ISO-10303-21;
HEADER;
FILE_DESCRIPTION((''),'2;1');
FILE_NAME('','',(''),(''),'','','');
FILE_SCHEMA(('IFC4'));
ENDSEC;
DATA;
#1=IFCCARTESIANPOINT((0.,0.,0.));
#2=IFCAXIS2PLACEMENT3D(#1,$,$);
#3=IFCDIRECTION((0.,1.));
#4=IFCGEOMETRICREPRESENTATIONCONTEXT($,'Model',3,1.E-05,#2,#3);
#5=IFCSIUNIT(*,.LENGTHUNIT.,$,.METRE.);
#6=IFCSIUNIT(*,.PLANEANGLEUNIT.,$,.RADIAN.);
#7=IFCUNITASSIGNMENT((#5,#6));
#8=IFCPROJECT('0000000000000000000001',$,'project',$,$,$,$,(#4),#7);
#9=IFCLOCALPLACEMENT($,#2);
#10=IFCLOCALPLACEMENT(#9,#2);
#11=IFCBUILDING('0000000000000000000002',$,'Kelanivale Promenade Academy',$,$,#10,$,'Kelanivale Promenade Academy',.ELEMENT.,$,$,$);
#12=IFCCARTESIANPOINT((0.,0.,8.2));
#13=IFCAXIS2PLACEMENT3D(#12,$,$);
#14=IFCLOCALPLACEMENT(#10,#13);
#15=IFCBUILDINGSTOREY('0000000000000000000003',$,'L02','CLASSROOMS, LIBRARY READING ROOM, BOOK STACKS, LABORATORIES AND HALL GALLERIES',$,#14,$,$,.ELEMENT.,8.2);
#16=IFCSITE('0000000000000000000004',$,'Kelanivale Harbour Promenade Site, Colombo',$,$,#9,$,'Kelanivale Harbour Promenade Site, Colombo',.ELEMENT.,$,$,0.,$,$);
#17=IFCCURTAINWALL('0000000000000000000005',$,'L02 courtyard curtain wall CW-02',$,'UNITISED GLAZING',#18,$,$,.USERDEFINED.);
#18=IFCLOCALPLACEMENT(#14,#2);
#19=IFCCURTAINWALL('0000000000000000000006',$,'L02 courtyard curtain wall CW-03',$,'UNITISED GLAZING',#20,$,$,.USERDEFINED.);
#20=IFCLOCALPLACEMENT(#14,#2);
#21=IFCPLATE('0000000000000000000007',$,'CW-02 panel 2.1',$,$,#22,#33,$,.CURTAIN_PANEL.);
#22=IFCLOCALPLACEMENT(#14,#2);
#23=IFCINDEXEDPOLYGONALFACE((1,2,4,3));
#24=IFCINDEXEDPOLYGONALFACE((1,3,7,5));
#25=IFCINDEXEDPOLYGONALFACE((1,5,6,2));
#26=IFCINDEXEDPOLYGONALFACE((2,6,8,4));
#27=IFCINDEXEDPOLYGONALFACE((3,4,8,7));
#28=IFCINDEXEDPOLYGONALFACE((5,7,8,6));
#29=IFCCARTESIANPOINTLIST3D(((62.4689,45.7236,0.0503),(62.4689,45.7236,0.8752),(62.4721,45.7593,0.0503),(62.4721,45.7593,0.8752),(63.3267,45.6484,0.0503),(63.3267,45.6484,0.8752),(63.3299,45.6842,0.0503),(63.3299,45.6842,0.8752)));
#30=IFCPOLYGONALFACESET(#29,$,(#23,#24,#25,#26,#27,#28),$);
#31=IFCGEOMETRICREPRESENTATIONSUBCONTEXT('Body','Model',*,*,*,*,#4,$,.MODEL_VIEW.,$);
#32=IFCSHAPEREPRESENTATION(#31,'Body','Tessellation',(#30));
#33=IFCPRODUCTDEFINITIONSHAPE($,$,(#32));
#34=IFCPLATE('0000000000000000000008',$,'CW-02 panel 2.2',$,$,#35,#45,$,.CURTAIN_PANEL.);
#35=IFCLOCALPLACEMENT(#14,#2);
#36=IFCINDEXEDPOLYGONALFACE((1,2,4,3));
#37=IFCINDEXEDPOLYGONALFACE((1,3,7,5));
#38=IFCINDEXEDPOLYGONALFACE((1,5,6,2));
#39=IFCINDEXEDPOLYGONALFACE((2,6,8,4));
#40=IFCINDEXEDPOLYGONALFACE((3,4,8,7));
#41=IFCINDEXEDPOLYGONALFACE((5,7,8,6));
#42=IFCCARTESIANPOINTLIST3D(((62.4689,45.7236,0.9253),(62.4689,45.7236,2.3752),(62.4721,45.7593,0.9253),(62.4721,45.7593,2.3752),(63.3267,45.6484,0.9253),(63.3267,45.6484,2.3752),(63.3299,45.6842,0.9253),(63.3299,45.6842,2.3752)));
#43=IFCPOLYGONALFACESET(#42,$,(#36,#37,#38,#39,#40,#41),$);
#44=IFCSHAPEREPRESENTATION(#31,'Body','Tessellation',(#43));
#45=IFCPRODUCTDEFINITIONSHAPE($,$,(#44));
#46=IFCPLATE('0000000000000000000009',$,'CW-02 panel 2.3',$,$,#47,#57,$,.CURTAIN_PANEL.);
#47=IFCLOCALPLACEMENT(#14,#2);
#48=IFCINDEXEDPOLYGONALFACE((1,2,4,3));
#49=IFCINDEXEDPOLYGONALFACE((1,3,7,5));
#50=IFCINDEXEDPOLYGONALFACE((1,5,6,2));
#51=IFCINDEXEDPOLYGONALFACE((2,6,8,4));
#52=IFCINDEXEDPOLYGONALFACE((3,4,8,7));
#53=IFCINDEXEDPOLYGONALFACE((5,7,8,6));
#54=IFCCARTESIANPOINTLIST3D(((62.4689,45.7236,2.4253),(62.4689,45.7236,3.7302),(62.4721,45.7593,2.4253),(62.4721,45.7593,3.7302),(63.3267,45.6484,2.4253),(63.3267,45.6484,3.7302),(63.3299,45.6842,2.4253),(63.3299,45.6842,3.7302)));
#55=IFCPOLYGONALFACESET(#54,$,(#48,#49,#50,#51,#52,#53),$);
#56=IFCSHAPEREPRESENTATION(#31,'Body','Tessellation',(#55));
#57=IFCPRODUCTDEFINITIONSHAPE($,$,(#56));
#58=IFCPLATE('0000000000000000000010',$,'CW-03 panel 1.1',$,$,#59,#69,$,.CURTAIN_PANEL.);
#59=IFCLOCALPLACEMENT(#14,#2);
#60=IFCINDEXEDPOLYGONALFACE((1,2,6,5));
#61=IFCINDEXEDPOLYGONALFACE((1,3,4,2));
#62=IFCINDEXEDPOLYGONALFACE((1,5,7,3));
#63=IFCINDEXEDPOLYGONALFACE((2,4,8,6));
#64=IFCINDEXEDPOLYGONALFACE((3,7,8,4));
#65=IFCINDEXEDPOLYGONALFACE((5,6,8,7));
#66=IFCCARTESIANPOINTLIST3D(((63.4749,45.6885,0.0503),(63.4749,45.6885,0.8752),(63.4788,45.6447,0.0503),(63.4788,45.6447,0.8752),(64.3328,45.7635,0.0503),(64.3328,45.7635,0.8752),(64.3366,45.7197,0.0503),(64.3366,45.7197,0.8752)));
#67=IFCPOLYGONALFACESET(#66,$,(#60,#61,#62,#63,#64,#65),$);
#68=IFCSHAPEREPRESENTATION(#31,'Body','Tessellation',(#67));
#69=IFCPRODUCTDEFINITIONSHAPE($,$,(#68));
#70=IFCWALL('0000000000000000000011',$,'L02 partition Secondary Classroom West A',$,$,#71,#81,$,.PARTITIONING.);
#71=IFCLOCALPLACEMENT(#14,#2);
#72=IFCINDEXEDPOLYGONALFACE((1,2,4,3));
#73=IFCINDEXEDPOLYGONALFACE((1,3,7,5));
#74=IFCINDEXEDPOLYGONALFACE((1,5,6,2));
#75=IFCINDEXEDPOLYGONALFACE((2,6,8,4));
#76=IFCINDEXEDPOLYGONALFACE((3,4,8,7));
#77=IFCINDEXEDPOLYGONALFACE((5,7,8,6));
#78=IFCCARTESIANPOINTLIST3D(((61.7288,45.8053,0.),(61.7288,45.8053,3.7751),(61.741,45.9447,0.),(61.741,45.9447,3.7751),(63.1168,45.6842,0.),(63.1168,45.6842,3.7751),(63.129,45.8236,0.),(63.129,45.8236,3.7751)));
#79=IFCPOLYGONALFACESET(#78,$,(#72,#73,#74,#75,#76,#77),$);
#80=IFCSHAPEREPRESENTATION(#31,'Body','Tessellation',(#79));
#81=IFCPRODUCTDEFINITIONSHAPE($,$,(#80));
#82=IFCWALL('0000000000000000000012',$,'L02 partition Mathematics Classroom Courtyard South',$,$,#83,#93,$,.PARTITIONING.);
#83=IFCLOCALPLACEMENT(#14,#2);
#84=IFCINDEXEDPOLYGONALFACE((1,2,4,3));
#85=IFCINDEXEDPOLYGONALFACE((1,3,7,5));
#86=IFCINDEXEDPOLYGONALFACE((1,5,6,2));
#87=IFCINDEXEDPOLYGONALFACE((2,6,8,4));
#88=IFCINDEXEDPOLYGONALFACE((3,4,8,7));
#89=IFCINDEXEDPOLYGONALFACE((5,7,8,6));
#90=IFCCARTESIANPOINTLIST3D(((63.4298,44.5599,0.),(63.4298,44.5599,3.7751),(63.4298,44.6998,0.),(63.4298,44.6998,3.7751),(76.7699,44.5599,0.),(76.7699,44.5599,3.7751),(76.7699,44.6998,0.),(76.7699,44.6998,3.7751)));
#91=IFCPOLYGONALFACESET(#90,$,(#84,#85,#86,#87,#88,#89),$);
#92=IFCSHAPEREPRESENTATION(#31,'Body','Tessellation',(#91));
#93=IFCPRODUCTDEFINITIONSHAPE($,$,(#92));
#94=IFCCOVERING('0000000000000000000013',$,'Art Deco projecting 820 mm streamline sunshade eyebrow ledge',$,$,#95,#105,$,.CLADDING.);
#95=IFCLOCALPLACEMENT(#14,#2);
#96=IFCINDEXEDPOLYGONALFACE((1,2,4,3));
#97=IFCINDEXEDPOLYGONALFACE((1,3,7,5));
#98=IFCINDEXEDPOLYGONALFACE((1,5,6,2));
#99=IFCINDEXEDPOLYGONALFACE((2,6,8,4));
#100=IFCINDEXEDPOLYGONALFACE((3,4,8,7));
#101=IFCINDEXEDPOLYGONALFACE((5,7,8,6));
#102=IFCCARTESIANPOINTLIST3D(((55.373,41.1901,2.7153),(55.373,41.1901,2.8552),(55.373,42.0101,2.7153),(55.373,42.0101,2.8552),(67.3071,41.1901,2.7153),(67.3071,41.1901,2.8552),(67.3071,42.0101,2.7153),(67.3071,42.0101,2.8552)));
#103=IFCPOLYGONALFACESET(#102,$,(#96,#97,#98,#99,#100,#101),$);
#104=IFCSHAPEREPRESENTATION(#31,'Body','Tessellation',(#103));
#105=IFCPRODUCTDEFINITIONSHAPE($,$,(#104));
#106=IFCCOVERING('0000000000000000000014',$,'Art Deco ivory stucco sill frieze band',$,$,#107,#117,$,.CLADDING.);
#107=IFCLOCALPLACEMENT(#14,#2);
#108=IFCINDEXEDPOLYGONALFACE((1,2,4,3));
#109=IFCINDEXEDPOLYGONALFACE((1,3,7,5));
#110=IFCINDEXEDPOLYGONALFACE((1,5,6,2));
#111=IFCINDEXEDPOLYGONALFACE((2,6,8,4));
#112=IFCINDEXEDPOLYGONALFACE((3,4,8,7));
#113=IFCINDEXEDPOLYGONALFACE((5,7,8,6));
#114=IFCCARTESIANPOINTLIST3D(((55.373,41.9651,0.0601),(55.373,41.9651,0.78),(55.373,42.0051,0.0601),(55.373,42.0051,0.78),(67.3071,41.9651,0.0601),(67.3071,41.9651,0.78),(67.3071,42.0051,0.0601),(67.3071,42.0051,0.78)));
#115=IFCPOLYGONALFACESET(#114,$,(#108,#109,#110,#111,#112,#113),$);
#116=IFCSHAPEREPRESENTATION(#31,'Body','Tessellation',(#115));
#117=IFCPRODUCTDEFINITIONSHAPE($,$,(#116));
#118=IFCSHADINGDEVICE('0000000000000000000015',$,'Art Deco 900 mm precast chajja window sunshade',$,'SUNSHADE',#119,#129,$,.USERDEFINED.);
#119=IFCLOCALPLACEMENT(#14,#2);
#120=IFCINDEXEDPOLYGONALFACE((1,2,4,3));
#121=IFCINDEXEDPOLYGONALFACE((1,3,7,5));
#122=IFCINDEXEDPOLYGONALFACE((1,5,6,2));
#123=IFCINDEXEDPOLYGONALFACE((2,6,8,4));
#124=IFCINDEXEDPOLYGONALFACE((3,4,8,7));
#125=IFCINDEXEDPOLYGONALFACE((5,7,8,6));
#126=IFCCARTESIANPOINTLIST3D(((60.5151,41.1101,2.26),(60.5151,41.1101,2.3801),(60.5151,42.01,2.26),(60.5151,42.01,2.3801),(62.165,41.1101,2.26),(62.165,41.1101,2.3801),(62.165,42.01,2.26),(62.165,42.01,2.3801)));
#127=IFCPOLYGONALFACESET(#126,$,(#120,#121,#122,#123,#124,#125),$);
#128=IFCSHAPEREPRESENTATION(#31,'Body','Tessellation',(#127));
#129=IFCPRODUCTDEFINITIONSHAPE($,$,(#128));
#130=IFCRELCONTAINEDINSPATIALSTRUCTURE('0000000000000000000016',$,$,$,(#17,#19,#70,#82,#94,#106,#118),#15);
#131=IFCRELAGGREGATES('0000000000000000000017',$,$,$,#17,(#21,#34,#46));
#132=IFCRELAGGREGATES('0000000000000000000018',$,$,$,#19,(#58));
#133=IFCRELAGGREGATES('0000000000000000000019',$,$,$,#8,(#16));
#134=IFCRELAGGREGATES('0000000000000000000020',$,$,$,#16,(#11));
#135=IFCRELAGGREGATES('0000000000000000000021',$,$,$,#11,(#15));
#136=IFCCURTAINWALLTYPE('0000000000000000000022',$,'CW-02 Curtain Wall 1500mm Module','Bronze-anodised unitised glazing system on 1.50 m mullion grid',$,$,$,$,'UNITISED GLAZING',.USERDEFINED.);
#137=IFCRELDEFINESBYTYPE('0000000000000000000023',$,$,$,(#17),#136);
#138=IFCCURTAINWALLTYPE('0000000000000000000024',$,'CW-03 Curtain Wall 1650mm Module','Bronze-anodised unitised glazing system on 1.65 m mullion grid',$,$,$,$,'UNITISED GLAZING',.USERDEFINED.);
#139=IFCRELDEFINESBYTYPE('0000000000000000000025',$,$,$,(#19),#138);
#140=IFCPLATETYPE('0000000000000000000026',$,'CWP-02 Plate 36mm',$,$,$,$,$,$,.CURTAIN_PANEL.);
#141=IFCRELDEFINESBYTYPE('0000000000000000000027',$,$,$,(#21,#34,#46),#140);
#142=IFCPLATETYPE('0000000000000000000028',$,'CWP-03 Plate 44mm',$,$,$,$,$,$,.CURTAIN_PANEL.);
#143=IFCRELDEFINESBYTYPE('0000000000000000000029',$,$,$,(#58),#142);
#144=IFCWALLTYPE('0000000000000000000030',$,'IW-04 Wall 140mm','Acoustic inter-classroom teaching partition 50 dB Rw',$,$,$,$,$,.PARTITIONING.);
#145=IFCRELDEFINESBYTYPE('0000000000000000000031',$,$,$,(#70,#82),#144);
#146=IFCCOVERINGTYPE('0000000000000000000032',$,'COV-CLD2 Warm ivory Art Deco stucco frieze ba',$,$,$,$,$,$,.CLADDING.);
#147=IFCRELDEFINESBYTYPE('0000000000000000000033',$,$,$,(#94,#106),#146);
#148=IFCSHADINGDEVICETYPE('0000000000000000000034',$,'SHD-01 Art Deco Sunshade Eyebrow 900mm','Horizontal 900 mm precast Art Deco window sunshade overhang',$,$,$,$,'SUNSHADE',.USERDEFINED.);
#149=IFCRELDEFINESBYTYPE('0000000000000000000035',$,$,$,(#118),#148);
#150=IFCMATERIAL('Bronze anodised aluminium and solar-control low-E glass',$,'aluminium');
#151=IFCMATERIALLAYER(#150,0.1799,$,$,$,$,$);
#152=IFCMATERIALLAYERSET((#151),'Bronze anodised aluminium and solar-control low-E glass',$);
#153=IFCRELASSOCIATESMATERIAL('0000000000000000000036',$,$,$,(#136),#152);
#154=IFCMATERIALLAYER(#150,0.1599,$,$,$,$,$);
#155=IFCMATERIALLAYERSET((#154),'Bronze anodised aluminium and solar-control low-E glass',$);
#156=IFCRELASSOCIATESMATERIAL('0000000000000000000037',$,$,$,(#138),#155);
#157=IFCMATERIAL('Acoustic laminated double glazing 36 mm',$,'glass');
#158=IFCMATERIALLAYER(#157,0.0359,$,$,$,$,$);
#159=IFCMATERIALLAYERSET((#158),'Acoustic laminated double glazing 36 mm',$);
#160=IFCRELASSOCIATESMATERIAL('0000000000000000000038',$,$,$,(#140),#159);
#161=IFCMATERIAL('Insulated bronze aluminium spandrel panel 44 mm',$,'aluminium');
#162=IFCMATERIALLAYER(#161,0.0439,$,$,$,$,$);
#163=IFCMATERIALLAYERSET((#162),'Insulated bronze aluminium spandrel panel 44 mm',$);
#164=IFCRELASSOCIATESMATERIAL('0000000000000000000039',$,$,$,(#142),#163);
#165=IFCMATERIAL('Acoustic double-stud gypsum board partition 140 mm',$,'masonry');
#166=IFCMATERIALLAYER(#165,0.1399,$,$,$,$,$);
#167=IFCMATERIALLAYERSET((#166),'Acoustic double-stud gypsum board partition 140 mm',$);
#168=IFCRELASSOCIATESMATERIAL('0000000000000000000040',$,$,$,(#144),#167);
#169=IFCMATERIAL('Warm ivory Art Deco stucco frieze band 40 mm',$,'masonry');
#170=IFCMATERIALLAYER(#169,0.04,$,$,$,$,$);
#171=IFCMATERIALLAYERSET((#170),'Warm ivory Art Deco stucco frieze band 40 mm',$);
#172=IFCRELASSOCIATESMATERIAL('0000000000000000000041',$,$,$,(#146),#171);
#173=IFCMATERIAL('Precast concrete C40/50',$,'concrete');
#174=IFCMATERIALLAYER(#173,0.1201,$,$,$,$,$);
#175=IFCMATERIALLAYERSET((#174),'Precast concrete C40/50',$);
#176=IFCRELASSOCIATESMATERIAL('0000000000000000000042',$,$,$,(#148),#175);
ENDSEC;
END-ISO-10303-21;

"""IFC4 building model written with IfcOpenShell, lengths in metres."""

from ifc_helpers import new_model, si_unit, direction, frame, frame_2d, origin, origin_2d, place, context, subcontext, project, spatial, rectangle, extrude, material, layer, layer_set, type_object, element, aggregate, save


model = new_model("IFC4")

# Units and contexts
model_context = context("Model", 3, precision=1e-05, world=origin(), true_north=direction((0.0, 1.0)))
body_context = subcontext(model_context, "Body", "Model", "MODEL_VIEW")
ifc_project = project(units=[si_unit("LENGTHUNIT", "METRE"), si_unit("PLANEANGLEUNIT", "RADIAN")], contexts=[model_context])

# Site, building, storey
site_placement = place(None, origin())
site = spatial("IfcSite", under=ifc_project, at=site_placement, Name="Kelanivale Harbour Promenade Site, Colombo", LongName="Kelanivale Harbour Promenade Site, Colombo", CompositionType="ELEMENT", RefElevation=0.0)
building_placement = place(site_placement, origin())
building = spatial("IfcBuilding", under=site, at=building_placement, Name="Kelanivale Promenade Academy", LongName="Kelanivale Promenade Academy", CompositionType="ELEMENT")
storey_placement = place(building_placement, frame((0.0, 0.0, 8.2)))
storey = spatial("IfcBuildingStorey", under=building, at=storey_placement, Name="L02", Description="CLASSROOMS, LIBRARY READING ROOM, BOOK STACKS, LABORATORIES AND HALL GALLERIES", CompositionType="ELEMENT", Elevation=8.2)

# Curtain wall
ifc_material_1 = material(Name="Bronze anodised aluminium and solar-control low-E glass", Category="aluminium")
ifc_layer_1 = layer(ifc_material_1, 0.1799)
ifc_layer_set_1 = layer_set([ifc_layer_1], Name="Bronze anodised aluminium and solar-control low-E glass")
curtain_wall_type_1 = type_object("IfcCurtainWallType", Name="CW-02 Curtain Wall 1500mm Module", Description="Bronze-anodised unitised glazing system on 1.50 m mullion grid", ElementType="UNITISED GLAZING", PredefinedType="USERDEFINED", material=ifc_layer_set_1)
curtain_wall_1_placement = place(storey_placement, origin())
curtain_wall_1 = element("IfcCurtainWall", 1, at=curtain_wall_1_placement, inside=storey, type_object=curtain_wall_type_1, Name="L02 courtyard curtain wall CW-02", ObjectType="UNITISED GLAZING", PredefinedType="USERDEFINED")

# Curtain wall
ifc_layer_2 = layer(ifc_material_1, 0.1599)
ifc_layer_set_2 = layer_set([ifc_layer_2], Name="Bronze anodised aluminium and solar-control low-E glass")
curtain_wall_type_2 = type_object("IfcCurtainWallType", Name="CW-03 Curtain Wall 1650mm Module", Description="Bronze-anodised unitised glazing system on 1.65 m mullion grid", ElementType="UNITISED GLAZING", PredefinedType="USERDEFINED", material=ifc_layer_set_2)
curtain_wall_2_placement = place(storey_placement, origin())
curtain_wall_2 = element("IfcCurtainWall", 2, at=curtain_wall_2_placement, inside=storey, type_object=curtain_wall_type_2, Name="L02 courtyard curtain wall CW-03", ObjectType="UNITISED GLAZING", PredefinedType="USERDEFINED")

# Plates
ifc_material_2 = material(Name="Acoustic laminated double glazing 36 mm", Category="glass")
ifc_layer_3 = layer(ifc_material_2, 0.0359)
ifc_layer_set_3 = layer_set([ifc_layer_3], Name="Acoustic laminated double glazing 36 mm")
plate_type_1 = type_object("IfcPlateType", Name="CWP-02 Plate 36mm", PredefinedType="CURTAIN_PANEL", material=ifc_layer_set_3)
plate_1_placement = place(storey_placement, frame((62.8994, 45.7039, 0.0503), z_axis=(0.0, 0.0, 1.0), x_axis=(0.996185, -0.087265, 0.0)))
plate_1 = element("IfcPlate", 3, at=plate_1_placement, type_object=plate_type_1, Name="CW-02 panel 2.1", PredefinedType="CURTAIN_PANEL", context=body_context, shape_type="SweptSolid", body=[
    extrude(rectangle(XDim=0.8611, YDim=0.0359, at=origin_2d()), origin(), (0.0, 0.0, 1.0), 0.825),
])
plate_2_placement = place(storey_placement, frame((62.8994, 45.7039, 0.9253), z_axis=(0.0, 0.0, 1.0), x_axis=(0.996185, -0.087265, 0.0)))
plate_2 = element("IfcPlate", 4, at=plate_2_placement, type_object=plate_type_1, Name="CW-02 panel 2.2", PredefinedType="CURTAIN_PANEL", context=body_context, shape_type="SweptSolid", body=[
    extrude(rectangle(XDim=0.8611, YDim=0.0359, at=origin_2d()), origin(), (0.0, 0.0, 1.0), 1.45),
])
plate_3_placement = place(storey_placement, frame((62.8994, 45.7039, 2.4253), z_axis=(0.0, 0.0, 1.0), x_axis=(0.996185, -0.087265, 0.0)))
plate_3 = element("IfcPlate", 5, at=plate_3_placement, type_object=plate_type_1, Name="CW-02 panel 2.3", PredefinedType="CURTAIN_PANEL", context=body_context, shape_type="SweptSolid", body=[
    extrude(rectangle(XDim=0.8611, YDim=0.0359, at=origin_2d()), origin(), (0.0, 0.0, 1.0), 1.3049),
])
aggregate(curtain_wall_1, [plate_1, plate_2, plate_3])
ifc_material_3 = material(Name="Insulated bronze aluminium spandrel panel 44 mm", Category="aluminium")
ifc_layer_4 = layer(ifc_material_3, 0.0439)
ifc_layer_set_4 = layer_set([ifc_layer_4], Name="Insulated bronze aluminium spandrel panel 44 mm")
plate_type_2 = type_object("IfcPlateType", Name="CWP-03 Plate 44mm", PredefinedType="CURTAIN_PANEL", material=ifc_layer_set_4)
plate_4_placement = place(storey_placement, frame((63.9058, 45.7041, 0.0503), z_axis=(0.0, 0.0, 1.0), x_axis=(0.996199, 0.087102, 0.0)))
plate_4 = element("IfcPlate", 6, at=plate_4_placement, type_object=plate_type_2, Name="CW-03 panel 1.1", PredefinedType="CURTAIN_PANEL", context=body_context, shape_type="SweptSolid", body=[
    extrude(rectangle(XDim=0.8611, YDim=0.0439, at=origin_2d()), origin(), (0.0, 0.0, 1.0), 0.825),
])
aggregate(curtain_wall_2, [plate_4])

# Walls
ifc_material_4 = material(Name="Acoustic double-stud gypsum board partition 140 mm", Category="masonry")
ifc_layer_5 = layer(ifc_material_4, 0.1399)
ifc_layer_set_5 = layer_set([ifc_layer_5], Name="Acoustic double-stud gypsum board partition 140 mm")
wall_type = type_object("IfcWallType", Name="IW-04 Wall 140mm", Description="Acoustic inter-classroom teaching partition 50 dB Rw", PredefinedType="PARTITIONING", material=ifc_layer_set_5)
wall_1_placement = place(storey_placement, frame((63.123, 45.7539, 0.0), z_axis=(0.0, 0.0, 1.0), x_axis=(-0.996216, 0.086917, 0.0)))
element("IfcWall", 7, at=wall_1_placement, inside=storey, type_object=wall_type, Name="L02 partition Secondary Classroom West A", PredefinedType="PARTITIONING", context=body_context, shape_type="SweptSolid", body=[
    extrude(rectangle(XDim=1.3933, YDim=0.1399, at=frame_2d((0.6968, 0.0))), origin(), (0.0, 0.0, 1.0), 3.7751),
])
wall_2_placement = place(storey_placement, frame((63.4299, 44.6299, 0.0), z_axis=(0.0, 0.0, 1.0), x_axis=(1.0, 0.0, 0.0)))
element("IfcWall", 8, at=wall_2_placement, inside=storey, type_object=wall_type, Name="L02 partition Mathematics Classroom Courtyard South", PredefinedType="PARTITIONING", context=body_context, shape_type="SweptSolid", body=[
    extrude(rectangle(XDim=13.3401, YDim=0.1399, at=frame_2d((6.6699, 0.0))), origin(), (0.0, 0.0, 1.0), 3.7751),
])

# Coverings
ifc_material_5 = material(Name="Warm ivory Art Deco stucco frieze band 40 mm", Category="masonry")
ifc_layer_6 = layer(ifc_material_5, 0.04)
ifc_layer_set_6 = layer_set([ifc_layer_6], Name="Warm ivory Art Deco stucco frieze band 40 mm")
covering_type = type_object("IfcCoveringType", Name="COV-CLD2 Warm ivory Art Deco stucco frieze ba", PredefinedType="CLADDING", material=ifc_layer_set_6)
covering_1_placement = place(storey_placement, frame((61.3401, 41.6001, 2.7153), z_axis=(0.0, 0.0, 1.0), x_axis=(1.0, 0.0, 0.0)))
element("IfcCovering", 9, at=covering_1_placement, inside=storey, type_object=covering_type, Name="Art Deco projecting 820 mm streamline sunshade eyebrow ledge", PredefinedType="CLADDING", context=body_context, shape_type="SweptSolid", body=[
    extrude(rectangle(XDim=11.9341, YDim=0.8201, at=origin_2d()), origin(), (0.0, 0.0, 1.0), 0.1399),
])
covering_2_placement = place(storey_placement, frame((61.3401, 41.9851, 0.0601), z_axis=(0.0, 0.0, 1.0), x_axis=(1.0, 0.0, 0.0)))
element("IfcCovering", 10, at=covering_2_placement, inside=storey, type_object=covering_type, Name="Art Deco ivory stucco sill frieze band", PredefinedType="CLADDING", context=body_context, shape_type="SweptSolid", body=[
    extrude(rectangle(XDim=11.9341, YDim=0.04, at=origin_2d()), origin(), (0.0, 0.0, 1.0), 0.72),
])

# Shading device
ifc_material_6 = material(Name="Precast concrete C40/50", Category="concrete")
ifc_layer_7 = layer(ifc_material_6, 0.1201)
ifc_layer_set_7 = layer_set([ifc_layer_7], Name="Precast concrete C40/50")
shading_device_type = type_object("IfcShadingDeviceType", Name="SHD-01 Art Deco Sunshade Eyebrow 900mm", Description="Horizontal 900 mm precast Art Deco window sunshade overhang", ElementType="SUNSHADE", PredefinedType="USERDEFINED", material=ifc_layer_set_7)
shading_device_placement = place(storey_placement, frame((61.3401, 41.5601, 2.26), z_axis=(0.0, 0.0, 1.0), x_axis=(1.0, 0.0, 0.0)))
element("IfcShadingDevice", 11, at=shading_device_placement, inside=storey, type_object=shading_device_type, Name="Art Deco 900 mm precast chajja window sunshade", ObjectType="SUNSHADE", PredefinedType="USERDEFINED", context=body_context, shape_type="SweptSolid", body=[
    extrude(rectangle(XDim=1.6499, YDim=0.8999, at=origin_2d()), origin(), (0.0, 0.0, 1.0), 0.1201),
])

save(model, "model.ifc")
